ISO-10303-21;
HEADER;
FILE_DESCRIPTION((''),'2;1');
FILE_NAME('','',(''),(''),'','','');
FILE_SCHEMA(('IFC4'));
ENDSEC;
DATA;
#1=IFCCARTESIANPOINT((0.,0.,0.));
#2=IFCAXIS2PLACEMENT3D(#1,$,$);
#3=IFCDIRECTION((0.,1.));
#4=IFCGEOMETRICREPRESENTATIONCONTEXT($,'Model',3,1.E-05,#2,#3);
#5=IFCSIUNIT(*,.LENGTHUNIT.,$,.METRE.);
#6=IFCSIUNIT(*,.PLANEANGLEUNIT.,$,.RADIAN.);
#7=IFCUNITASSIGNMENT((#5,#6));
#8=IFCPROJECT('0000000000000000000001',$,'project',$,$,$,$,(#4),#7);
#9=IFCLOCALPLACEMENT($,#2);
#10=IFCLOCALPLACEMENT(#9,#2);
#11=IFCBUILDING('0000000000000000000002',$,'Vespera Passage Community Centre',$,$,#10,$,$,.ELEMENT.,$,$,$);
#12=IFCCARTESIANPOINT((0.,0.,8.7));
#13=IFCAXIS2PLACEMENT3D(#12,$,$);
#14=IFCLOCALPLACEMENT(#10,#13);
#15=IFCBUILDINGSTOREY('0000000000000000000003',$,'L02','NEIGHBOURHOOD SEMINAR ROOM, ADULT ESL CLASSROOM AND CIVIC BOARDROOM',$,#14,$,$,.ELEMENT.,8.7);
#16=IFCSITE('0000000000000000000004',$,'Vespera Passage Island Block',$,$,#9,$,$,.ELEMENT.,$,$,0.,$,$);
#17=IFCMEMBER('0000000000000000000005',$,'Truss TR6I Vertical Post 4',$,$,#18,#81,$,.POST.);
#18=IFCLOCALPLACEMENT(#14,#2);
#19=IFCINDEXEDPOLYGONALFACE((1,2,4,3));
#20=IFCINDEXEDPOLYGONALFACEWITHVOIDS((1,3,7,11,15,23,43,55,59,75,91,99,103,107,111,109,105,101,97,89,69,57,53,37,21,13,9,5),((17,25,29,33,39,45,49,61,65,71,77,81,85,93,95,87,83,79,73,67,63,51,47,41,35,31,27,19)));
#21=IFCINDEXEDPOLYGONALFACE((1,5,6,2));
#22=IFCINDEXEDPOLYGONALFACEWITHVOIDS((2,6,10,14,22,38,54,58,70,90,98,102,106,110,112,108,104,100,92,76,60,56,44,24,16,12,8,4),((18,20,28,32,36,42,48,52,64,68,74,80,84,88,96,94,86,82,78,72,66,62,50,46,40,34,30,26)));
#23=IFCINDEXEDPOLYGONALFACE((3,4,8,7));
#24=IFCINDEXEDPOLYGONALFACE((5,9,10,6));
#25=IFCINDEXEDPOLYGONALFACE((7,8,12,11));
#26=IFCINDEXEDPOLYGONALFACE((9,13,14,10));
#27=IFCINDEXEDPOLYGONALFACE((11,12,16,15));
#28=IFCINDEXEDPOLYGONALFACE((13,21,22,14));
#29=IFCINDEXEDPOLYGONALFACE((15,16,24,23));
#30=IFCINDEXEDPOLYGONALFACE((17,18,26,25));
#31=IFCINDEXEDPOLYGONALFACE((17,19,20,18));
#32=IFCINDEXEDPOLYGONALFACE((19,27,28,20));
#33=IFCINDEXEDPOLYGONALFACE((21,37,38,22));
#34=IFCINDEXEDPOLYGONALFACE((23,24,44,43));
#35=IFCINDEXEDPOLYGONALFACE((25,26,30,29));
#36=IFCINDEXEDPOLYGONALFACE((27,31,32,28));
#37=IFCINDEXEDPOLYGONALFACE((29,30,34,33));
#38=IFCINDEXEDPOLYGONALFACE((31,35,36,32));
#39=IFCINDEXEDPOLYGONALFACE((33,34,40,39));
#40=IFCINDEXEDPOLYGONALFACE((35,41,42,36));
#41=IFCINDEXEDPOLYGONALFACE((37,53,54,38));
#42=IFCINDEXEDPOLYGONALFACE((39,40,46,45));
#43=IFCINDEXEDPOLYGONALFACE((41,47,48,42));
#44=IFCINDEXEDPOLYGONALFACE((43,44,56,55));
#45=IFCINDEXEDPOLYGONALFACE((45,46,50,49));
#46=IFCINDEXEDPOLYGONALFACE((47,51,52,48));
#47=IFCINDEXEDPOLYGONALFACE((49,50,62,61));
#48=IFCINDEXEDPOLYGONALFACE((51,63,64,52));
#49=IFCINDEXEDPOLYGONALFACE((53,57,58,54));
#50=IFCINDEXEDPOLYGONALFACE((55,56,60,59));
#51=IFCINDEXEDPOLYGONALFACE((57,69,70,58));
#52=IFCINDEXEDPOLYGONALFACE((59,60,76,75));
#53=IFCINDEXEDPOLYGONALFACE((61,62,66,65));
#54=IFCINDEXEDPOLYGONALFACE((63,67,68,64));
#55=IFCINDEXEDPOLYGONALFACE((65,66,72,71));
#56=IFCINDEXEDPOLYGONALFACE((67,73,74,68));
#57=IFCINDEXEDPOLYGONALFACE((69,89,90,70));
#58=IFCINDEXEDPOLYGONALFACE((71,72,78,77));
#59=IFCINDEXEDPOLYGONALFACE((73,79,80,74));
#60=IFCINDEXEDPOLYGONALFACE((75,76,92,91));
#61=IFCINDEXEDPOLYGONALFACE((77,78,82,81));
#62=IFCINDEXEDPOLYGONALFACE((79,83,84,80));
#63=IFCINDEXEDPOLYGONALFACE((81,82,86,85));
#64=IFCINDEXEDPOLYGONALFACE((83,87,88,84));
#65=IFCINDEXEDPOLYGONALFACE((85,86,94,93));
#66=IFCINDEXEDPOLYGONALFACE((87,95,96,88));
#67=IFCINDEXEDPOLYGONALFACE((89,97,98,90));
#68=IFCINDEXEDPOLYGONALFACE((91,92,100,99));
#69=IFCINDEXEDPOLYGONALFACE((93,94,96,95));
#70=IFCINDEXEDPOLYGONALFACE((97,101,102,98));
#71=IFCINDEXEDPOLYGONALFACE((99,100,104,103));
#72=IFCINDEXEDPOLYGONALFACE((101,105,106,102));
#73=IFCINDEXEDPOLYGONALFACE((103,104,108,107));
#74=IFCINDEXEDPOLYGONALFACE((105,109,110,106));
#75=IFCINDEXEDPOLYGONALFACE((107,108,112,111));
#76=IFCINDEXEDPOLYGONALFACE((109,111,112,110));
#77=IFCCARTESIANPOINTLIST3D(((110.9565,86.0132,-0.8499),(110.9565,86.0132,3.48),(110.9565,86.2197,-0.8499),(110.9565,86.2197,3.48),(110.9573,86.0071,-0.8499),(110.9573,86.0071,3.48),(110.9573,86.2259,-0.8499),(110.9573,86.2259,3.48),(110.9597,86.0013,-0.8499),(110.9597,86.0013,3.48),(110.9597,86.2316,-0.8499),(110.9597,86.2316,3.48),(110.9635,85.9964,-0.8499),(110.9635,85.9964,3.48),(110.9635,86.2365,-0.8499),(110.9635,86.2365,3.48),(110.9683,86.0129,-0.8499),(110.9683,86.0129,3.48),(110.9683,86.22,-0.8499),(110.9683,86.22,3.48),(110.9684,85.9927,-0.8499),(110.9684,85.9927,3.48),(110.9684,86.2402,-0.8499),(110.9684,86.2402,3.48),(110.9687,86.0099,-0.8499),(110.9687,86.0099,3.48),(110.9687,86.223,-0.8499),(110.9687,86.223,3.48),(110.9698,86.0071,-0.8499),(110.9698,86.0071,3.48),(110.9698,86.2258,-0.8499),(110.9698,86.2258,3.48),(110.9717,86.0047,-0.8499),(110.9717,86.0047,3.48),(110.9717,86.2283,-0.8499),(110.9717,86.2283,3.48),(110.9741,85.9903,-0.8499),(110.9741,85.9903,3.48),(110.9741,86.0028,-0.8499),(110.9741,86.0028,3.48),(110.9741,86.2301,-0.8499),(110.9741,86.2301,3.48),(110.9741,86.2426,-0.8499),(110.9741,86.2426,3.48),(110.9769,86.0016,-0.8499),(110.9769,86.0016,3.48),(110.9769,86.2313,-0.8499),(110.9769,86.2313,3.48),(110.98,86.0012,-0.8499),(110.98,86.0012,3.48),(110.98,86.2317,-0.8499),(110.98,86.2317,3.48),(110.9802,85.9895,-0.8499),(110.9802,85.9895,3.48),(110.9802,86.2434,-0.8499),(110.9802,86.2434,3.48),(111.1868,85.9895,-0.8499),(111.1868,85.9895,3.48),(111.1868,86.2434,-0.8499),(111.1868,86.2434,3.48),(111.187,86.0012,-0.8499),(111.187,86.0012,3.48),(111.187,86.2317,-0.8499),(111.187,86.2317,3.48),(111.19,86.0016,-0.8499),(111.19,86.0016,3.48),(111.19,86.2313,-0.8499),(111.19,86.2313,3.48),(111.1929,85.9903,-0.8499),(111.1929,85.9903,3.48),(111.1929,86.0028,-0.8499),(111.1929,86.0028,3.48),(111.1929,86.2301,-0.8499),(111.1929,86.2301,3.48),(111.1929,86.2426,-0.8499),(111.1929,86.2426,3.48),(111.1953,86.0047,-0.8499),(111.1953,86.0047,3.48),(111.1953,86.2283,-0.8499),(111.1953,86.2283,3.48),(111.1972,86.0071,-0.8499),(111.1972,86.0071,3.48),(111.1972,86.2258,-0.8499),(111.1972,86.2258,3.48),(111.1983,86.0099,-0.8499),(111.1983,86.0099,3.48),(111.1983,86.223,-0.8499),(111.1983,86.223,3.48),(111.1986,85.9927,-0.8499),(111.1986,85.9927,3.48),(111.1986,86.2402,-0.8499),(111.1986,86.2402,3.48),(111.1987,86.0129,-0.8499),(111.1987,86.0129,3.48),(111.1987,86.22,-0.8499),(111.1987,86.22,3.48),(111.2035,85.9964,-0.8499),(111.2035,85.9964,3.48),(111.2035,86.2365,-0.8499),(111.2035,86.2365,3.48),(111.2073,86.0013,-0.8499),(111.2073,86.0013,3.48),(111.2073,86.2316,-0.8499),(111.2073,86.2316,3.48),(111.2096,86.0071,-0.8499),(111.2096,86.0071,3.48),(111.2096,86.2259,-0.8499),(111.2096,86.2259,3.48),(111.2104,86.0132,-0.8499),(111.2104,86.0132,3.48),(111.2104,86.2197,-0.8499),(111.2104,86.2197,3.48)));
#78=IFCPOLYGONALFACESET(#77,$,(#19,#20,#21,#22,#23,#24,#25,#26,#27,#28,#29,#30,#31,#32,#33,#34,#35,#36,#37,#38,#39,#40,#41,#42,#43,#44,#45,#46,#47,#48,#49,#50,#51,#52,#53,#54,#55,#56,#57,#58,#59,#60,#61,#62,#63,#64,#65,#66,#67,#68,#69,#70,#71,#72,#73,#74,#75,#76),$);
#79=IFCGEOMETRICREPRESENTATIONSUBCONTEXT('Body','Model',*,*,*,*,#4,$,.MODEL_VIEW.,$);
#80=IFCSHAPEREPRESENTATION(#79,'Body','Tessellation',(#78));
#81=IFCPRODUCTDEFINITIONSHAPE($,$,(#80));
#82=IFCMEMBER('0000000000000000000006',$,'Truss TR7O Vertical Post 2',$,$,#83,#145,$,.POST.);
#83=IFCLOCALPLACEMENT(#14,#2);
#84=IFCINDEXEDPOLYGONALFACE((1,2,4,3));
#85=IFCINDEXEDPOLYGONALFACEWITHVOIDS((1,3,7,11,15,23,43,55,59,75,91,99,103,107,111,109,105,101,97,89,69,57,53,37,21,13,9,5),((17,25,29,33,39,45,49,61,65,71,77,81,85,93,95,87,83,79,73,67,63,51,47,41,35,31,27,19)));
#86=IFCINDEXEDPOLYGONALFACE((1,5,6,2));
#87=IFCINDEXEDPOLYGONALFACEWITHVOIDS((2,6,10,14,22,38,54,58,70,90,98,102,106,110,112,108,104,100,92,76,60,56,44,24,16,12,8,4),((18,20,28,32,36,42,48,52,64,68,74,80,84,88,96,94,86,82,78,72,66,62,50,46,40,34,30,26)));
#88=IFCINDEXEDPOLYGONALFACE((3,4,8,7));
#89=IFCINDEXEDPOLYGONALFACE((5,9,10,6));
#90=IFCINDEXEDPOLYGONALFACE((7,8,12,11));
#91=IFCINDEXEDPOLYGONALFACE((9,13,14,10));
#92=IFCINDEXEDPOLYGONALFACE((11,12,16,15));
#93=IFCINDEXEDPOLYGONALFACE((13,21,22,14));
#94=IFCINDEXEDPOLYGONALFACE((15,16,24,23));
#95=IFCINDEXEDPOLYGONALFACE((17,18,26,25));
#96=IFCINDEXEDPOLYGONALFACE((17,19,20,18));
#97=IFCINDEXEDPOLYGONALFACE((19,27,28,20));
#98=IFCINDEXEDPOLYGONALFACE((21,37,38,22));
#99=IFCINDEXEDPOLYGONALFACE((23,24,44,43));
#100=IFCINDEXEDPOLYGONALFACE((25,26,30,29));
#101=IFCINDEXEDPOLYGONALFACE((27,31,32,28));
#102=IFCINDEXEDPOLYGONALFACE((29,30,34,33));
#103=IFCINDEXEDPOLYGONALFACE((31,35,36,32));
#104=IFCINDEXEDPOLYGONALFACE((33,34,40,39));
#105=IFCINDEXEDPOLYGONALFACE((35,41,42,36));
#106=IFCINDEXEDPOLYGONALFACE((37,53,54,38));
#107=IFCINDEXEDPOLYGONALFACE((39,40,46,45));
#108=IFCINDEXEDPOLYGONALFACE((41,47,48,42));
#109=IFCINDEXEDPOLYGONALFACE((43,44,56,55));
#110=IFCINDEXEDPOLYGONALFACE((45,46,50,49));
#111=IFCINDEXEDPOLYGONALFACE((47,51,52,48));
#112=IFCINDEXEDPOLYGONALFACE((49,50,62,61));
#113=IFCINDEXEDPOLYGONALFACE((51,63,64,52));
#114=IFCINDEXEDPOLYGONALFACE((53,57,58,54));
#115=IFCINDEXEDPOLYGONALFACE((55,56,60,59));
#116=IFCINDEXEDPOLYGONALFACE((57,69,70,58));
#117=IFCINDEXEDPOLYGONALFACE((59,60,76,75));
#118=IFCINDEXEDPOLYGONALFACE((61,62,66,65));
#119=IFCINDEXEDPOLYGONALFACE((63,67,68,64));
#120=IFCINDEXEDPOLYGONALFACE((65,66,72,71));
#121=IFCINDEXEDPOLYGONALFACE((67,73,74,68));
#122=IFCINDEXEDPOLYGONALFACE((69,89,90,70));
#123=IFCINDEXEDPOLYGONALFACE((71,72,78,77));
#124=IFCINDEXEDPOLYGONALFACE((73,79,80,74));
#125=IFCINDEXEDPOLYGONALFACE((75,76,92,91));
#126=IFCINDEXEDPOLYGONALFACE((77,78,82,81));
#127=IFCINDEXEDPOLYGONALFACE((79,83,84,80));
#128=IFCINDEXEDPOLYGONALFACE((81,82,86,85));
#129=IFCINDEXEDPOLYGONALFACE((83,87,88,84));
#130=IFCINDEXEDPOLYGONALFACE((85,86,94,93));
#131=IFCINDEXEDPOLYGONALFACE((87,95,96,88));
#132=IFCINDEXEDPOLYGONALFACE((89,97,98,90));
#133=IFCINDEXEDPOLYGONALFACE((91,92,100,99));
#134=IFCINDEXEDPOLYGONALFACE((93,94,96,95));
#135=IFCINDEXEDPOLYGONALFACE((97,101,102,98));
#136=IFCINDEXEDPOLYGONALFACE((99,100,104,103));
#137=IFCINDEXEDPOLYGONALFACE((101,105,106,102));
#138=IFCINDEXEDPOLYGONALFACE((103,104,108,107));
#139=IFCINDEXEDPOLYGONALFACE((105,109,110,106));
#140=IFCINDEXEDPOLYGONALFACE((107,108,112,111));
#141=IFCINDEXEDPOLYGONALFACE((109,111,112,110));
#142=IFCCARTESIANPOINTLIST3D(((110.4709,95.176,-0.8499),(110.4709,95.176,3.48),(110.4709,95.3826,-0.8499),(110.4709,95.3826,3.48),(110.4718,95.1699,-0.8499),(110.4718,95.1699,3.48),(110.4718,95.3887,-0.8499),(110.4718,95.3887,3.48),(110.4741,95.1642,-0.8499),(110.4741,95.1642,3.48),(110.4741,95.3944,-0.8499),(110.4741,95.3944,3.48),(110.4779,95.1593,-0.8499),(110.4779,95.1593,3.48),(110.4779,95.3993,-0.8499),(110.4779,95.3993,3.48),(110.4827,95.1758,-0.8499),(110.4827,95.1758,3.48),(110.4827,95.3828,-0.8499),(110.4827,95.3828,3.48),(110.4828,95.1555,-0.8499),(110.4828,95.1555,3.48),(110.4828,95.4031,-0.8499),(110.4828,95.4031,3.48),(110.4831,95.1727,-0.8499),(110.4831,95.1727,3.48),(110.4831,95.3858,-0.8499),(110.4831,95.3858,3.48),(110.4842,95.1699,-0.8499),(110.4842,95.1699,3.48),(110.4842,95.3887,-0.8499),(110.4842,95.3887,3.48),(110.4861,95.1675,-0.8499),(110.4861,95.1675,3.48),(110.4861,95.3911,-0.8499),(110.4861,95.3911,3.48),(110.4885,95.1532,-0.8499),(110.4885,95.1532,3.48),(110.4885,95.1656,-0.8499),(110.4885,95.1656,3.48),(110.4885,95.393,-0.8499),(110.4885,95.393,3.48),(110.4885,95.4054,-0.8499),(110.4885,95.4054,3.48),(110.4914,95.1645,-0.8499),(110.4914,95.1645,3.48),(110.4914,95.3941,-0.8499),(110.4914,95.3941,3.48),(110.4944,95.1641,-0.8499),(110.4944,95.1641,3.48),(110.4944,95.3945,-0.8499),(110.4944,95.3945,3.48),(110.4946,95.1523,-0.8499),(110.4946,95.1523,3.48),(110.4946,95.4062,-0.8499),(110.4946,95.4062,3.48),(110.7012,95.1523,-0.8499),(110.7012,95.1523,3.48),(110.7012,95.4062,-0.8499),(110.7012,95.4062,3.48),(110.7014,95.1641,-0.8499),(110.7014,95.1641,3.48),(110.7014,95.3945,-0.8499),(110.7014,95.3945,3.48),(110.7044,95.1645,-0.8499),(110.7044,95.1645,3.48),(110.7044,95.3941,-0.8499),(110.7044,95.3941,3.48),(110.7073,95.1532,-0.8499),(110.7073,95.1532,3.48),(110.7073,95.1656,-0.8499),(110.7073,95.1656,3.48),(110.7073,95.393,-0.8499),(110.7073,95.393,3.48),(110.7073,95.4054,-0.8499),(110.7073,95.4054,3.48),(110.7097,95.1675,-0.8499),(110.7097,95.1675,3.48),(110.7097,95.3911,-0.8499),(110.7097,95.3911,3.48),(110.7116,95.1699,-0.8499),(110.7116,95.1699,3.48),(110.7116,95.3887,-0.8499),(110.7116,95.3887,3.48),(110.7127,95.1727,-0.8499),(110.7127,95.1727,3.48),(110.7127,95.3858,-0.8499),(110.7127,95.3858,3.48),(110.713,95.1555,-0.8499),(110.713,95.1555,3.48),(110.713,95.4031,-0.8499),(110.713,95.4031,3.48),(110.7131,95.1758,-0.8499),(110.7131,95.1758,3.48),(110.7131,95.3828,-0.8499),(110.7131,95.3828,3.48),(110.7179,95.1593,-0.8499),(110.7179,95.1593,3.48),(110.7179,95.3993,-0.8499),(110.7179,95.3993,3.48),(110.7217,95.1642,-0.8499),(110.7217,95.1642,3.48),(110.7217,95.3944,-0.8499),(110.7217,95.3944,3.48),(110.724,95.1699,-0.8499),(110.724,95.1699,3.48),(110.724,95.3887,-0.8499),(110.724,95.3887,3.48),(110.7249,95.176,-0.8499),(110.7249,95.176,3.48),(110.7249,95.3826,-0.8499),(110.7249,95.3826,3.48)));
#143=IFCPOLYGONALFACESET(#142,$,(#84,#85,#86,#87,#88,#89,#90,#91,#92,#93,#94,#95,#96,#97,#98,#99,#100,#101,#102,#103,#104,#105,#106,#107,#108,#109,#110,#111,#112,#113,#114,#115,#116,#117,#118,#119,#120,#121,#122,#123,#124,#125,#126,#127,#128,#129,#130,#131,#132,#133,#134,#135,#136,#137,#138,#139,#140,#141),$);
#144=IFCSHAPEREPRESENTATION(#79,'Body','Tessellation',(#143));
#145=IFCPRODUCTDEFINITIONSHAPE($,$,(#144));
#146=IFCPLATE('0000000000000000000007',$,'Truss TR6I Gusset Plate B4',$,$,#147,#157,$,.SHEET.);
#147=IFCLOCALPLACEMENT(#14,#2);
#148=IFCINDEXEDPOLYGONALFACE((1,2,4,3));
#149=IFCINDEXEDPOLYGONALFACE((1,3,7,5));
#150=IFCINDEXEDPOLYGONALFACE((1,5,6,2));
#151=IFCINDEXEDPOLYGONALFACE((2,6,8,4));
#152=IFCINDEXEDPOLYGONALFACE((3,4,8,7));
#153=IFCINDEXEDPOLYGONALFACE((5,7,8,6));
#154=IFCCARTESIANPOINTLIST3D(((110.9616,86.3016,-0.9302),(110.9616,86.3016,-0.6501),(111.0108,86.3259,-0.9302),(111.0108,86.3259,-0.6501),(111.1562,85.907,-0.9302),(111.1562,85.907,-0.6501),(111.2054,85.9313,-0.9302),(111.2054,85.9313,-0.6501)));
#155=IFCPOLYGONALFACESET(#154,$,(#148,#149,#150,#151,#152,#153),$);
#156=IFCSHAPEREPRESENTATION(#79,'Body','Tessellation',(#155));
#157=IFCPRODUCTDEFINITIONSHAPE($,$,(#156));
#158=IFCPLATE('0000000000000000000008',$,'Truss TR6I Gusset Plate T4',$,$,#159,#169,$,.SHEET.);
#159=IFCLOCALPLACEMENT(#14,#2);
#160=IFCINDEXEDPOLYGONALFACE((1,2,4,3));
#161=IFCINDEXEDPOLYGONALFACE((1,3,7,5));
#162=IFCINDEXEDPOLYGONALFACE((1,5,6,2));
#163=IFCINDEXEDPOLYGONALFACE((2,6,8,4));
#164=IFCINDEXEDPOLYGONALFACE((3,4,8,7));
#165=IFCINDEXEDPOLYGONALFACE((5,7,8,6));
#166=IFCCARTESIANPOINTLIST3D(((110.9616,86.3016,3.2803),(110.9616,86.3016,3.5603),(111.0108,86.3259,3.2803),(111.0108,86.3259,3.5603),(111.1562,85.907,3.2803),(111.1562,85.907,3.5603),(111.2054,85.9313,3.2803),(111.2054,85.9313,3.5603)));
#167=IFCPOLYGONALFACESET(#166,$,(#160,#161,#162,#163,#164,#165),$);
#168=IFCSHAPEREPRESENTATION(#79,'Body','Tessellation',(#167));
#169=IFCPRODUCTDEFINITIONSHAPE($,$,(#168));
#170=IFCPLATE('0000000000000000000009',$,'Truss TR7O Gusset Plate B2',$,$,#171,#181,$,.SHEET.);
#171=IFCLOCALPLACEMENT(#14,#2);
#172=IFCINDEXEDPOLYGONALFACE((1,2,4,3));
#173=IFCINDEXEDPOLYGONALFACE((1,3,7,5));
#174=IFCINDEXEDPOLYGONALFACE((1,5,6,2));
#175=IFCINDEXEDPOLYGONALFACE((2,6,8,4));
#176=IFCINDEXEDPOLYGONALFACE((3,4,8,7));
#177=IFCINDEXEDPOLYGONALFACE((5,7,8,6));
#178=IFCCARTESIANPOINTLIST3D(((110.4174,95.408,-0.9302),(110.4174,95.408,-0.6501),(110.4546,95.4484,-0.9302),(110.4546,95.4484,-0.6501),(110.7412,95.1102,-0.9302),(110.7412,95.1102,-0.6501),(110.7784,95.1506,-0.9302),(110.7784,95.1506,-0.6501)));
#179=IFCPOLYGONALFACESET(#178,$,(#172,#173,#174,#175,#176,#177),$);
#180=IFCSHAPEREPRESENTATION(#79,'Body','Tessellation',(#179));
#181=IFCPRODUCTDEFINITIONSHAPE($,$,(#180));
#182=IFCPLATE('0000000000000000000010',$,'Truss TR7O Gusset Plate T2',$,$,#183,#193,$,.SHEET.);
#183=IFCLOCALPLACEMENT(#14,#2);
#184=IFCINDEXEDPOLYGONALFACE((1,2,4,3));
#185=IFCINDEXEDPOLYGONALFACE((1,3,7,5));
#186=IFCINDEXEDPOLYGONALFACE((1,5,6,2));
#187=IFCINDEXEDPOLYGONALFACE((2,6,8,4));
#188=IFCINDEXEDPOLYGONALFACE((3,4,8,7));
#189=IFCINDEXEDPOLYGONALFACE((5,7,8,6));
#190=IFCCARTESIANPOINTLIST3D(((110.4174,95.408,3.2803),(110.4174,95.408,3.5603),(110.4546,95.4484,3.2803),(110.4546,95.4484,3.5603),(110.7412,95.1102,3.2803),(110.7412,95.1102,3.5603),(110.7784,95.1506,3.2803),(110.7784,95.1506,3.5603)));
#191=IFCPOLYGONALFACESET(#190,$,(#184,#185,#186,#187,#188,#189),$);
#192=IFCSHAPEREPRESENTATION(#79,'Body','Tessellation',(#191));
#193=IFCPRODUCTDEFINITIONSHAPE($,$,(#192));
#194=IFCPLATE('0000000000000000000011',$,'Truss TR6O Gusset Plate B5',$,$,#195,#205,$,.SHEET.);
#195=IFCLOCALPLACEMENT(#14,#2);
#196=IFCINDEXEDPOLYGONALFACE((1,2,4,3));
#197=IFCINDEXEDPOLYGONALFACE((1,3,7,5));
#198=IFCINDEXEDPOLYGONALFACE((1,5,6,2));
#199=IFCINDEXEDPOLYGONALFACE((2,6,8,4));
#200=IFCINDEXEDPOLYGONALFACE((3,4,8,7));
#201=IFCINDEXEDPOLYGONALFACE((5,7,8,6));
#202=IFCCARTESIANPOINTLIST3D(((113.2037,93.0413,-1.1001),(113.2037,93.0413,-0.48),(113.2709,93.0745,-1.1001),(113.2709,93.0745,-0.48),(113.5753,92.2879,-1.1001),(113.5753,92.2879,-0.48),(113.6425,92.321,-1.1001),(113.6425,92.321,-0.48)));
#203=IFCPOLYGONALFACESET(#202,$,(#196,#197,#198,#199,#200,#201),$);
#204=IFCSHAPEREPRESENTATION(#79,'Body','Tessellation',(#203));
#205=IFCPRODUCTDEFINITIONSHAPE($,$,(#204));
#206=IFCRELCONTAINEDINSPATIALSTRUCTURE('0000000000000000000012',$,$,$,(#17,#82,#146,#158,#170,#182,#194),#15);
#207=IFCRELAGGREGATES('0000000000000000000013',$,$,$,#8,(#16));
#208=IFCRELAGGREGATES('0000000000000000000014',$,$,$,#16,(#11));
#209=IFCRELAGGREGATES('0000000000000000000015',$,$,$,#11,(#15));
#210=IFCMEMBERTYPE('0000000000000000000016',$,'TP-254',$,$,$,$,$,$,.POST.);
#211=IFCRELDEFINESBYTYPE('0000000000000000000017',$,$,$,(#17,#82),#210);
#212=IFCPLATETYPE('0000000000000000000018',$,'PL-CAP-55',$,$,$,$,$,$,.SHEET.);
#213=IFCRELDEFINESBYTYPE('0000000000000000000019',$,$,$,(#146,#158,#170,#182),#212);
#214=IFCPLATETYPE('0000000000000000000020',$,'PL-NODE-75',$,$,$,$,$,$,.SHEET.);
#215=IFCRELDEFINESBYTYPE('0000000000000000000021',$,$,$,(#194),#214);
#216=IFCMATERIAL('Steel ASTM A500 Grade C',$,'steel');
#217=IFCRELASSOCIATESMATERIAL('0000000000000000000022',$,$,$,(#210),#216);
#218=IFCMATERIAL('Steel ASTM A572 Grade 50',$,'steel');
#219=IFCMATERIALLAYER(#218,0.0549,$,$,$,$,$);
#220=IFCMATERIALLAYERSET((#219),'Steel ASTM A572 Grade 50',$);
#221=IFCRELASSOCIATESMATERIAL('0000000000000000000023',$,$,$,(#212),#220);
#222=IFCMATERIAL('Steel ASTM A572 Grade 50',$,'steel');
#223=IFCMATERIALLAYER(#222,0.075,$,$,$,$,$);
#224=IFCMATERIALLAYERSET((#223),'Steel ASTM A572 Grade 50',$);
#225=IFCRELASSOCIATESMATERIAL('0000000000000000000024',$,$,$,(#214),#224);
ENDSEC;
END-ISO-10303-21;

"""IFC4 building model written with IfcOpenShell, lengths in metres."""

from ifc_helpers import new_model, si_unit, direction, frame, origin, origin_2d, place, context, subcontext, project, spatial, rectangle, hollow_rectangle, extrude, material, layer, layer_set, material_profile, profile_set, type_object, element, save


model = new_model("IFC4")

# Units and contexts
model_context = context("Model", 3, precision=1e-05, world=origin(), true_north=direction((0.0, 1.0)))
body_context = subcontext(model_context, "Body", "Model", "MODEL_VIEW")
ifc_project = project(units=[si_unit("LENGTHUNIT", "METRE"), si_unit("PLANEANGLEUNIT", "RADIAN")], contexts=[model_context])

# Site, building, storey
site_placement = place(None, origin())
site = spatial("IfcSite", under=ifc_project, at=site_placement, Name="Vespera Passage Island Block", CompositionType="ELEMENT", RefElevation=0.0)
building_placement = place(site_placement, origin())
building = spatial("IfcBuilding", under=site, at=building_placement, Name="Vespera Passage Community Centre", CompositionType="ELEMENT")
storey_placement = place(building_placement, frame((0.0, 0.0, 8.7)))
storey = spatial("IfcBuildingStorey", under=building, at=storey_placement, Name="L02", Description="NEIGHBOURHOOD SEMINAR ROOM, ADULT ESL CLASSROOM AND CIVIC BOARDROOM", CompositionType="ELEMENT", Elevation=8.7)

# Members
ifc_material_1 = material(Name="Steel ASTM A500 Grade C", Category="steel")
ifc_material_profile_1 = material_profile(ifc_material_1, hollow_rectangle(XDim=0.2539, YDim=0.2539, WallThickness=0.0117, InnerFilletRadius=0.0117, OuterFilletRadius=0.0237, at=origin_2d()), Name="HSS254X254X12.7")
ifc_profile_set_1 = profile_set([ifc_material_profile_1], Name="Steel ASTM A500 Grade C")
member_type_1 = type_object("IfcMemberType", Name="TP-254", PredefinedType="POST", material=ifc_profile_set_1)
for number, where, z_axis, x_axis, name in (
    (1, (111.0835, 86.1165, -0.8499), (0.0, 0.0, 1.0), (1.0, 0.0, 0.0), "Truss TR6I Vertical Post 4"),
    (2, (110.5979, 95.2793, -0.8499), (0.0, 0.0, 1.0), (1.0, 0.0, 0.0), "Truss TR7O Vertical Post 2"),
):
    element("IfcMember", number, at=place(storey_placement, frame(where, z_axis=z_axis, x_axis=x_axis)), inside=storey, type_object=member_type_1, Name=name, PredefinedType="POST", context=body_context, shape_type="SweptSolid", body=[
        extrude(hollow_rectangle(XDim=0.2539, YDim=0.2539, WallThickness=0.0117, InnerFilletRadius=0.0117, OuterFilletRadius=0.0237, at=origin_2d()), origin(), (0.0, 0.0, 1.0), 4.3298),
    ])

# Plates
ifc_material_2 = material(Name="Steel ASTM A572 Grade 50", Category="steel")
ifc_layer_1 = layer(ifc_material_2, 0.0549)
ifc_layer_set_1 = layer_set([ifc_layer_1], Name="Steel ASTM A572 Grade 50")
plate_type_1 = type_object("IfcPlateType", Name="PL-CAP-55", PredefinedType="SHEET", material=ifc_layer_set_1)
for number, where, z_axis, x_axis, name in (
    (3, (111.0835, 86.1165, -0.9302), (0.0, 0.0, 1.0), (-0.442289, 0.896873, 0.0), "Truss TR6I Gusset Plate B4"),
    (4, (111.0835, 86.1165, 3.2803), (0.0, 0.0, 1.0), (-0.442289, 0.896873, 0.0), "Truss TR6I Gusset Plate T4"),
    (5, (110.5979, 95.2793, -0.9302), (0.0, 0.0, 1.0), (-0.736097, 0.676876, 0.0), "Truss TR7O Gusset Plate B2"),
    (6, (110.5979, 95.2793, 3.2803), (0.0, 0.0, 1.0), (-0.736097, 0.676876, 0.0), "Truss TR7O Gusset Plate T2"),
):
    element("IfcPlate", number, at=place(storey_placement, frame(where, z_axis=z_axis, x_axis=x_axis)), inside=storey, type_object=plate_type_1, Name=name, PredefinedType="SHEET", context=body_context, shape_type="SweptSolid", body=[
        extrude(rectangle(XDim=0.4399, YDim=0.0549, at=origin_2d()), origin(), (0.0, 0.0, 1.0), 0.28),
    ])
ifc_material_3 = material(Name="Steel ASTM A572 Grade 50", Category="steel")
ifc_layer_2 = layer(ifc_material_3, 0.075)
ifc_layer_set_2 = layer_set([ifc_layer_2], Name="Steel ASTM A572 Grade 50")
plate_type_2 = type_object("IfcPlateType", Name="PL-NODE-75", PredefinedType="SHEET", material=ifc_layer_set_2)
for number, where, z_axis, x_axis, name in (
    (7, (113.4231, 92.6812, -1.1001), (0.0, 0.0, 1.0), (-0.442289, 0.896873, 0.0), "Truss TR6O Gusset Plate B5"),
):
    element("IfcPlate", number, at=place(storey_placement, frame(where, z_axis=z_axis, x_axis=x_axis)), inside=storey, type_object=plate_type_2, Name=name, PredefinedType="SHEET", context=body_context, shape_type="SweptSolid", body=[
        extrude(rectangle(XDim=0.8401, YDim=0.075, at=origin_2d()), origin(), (0.0, 0.0, 1.0), 0.6201),
    ])

save(model, "model.ifc")
